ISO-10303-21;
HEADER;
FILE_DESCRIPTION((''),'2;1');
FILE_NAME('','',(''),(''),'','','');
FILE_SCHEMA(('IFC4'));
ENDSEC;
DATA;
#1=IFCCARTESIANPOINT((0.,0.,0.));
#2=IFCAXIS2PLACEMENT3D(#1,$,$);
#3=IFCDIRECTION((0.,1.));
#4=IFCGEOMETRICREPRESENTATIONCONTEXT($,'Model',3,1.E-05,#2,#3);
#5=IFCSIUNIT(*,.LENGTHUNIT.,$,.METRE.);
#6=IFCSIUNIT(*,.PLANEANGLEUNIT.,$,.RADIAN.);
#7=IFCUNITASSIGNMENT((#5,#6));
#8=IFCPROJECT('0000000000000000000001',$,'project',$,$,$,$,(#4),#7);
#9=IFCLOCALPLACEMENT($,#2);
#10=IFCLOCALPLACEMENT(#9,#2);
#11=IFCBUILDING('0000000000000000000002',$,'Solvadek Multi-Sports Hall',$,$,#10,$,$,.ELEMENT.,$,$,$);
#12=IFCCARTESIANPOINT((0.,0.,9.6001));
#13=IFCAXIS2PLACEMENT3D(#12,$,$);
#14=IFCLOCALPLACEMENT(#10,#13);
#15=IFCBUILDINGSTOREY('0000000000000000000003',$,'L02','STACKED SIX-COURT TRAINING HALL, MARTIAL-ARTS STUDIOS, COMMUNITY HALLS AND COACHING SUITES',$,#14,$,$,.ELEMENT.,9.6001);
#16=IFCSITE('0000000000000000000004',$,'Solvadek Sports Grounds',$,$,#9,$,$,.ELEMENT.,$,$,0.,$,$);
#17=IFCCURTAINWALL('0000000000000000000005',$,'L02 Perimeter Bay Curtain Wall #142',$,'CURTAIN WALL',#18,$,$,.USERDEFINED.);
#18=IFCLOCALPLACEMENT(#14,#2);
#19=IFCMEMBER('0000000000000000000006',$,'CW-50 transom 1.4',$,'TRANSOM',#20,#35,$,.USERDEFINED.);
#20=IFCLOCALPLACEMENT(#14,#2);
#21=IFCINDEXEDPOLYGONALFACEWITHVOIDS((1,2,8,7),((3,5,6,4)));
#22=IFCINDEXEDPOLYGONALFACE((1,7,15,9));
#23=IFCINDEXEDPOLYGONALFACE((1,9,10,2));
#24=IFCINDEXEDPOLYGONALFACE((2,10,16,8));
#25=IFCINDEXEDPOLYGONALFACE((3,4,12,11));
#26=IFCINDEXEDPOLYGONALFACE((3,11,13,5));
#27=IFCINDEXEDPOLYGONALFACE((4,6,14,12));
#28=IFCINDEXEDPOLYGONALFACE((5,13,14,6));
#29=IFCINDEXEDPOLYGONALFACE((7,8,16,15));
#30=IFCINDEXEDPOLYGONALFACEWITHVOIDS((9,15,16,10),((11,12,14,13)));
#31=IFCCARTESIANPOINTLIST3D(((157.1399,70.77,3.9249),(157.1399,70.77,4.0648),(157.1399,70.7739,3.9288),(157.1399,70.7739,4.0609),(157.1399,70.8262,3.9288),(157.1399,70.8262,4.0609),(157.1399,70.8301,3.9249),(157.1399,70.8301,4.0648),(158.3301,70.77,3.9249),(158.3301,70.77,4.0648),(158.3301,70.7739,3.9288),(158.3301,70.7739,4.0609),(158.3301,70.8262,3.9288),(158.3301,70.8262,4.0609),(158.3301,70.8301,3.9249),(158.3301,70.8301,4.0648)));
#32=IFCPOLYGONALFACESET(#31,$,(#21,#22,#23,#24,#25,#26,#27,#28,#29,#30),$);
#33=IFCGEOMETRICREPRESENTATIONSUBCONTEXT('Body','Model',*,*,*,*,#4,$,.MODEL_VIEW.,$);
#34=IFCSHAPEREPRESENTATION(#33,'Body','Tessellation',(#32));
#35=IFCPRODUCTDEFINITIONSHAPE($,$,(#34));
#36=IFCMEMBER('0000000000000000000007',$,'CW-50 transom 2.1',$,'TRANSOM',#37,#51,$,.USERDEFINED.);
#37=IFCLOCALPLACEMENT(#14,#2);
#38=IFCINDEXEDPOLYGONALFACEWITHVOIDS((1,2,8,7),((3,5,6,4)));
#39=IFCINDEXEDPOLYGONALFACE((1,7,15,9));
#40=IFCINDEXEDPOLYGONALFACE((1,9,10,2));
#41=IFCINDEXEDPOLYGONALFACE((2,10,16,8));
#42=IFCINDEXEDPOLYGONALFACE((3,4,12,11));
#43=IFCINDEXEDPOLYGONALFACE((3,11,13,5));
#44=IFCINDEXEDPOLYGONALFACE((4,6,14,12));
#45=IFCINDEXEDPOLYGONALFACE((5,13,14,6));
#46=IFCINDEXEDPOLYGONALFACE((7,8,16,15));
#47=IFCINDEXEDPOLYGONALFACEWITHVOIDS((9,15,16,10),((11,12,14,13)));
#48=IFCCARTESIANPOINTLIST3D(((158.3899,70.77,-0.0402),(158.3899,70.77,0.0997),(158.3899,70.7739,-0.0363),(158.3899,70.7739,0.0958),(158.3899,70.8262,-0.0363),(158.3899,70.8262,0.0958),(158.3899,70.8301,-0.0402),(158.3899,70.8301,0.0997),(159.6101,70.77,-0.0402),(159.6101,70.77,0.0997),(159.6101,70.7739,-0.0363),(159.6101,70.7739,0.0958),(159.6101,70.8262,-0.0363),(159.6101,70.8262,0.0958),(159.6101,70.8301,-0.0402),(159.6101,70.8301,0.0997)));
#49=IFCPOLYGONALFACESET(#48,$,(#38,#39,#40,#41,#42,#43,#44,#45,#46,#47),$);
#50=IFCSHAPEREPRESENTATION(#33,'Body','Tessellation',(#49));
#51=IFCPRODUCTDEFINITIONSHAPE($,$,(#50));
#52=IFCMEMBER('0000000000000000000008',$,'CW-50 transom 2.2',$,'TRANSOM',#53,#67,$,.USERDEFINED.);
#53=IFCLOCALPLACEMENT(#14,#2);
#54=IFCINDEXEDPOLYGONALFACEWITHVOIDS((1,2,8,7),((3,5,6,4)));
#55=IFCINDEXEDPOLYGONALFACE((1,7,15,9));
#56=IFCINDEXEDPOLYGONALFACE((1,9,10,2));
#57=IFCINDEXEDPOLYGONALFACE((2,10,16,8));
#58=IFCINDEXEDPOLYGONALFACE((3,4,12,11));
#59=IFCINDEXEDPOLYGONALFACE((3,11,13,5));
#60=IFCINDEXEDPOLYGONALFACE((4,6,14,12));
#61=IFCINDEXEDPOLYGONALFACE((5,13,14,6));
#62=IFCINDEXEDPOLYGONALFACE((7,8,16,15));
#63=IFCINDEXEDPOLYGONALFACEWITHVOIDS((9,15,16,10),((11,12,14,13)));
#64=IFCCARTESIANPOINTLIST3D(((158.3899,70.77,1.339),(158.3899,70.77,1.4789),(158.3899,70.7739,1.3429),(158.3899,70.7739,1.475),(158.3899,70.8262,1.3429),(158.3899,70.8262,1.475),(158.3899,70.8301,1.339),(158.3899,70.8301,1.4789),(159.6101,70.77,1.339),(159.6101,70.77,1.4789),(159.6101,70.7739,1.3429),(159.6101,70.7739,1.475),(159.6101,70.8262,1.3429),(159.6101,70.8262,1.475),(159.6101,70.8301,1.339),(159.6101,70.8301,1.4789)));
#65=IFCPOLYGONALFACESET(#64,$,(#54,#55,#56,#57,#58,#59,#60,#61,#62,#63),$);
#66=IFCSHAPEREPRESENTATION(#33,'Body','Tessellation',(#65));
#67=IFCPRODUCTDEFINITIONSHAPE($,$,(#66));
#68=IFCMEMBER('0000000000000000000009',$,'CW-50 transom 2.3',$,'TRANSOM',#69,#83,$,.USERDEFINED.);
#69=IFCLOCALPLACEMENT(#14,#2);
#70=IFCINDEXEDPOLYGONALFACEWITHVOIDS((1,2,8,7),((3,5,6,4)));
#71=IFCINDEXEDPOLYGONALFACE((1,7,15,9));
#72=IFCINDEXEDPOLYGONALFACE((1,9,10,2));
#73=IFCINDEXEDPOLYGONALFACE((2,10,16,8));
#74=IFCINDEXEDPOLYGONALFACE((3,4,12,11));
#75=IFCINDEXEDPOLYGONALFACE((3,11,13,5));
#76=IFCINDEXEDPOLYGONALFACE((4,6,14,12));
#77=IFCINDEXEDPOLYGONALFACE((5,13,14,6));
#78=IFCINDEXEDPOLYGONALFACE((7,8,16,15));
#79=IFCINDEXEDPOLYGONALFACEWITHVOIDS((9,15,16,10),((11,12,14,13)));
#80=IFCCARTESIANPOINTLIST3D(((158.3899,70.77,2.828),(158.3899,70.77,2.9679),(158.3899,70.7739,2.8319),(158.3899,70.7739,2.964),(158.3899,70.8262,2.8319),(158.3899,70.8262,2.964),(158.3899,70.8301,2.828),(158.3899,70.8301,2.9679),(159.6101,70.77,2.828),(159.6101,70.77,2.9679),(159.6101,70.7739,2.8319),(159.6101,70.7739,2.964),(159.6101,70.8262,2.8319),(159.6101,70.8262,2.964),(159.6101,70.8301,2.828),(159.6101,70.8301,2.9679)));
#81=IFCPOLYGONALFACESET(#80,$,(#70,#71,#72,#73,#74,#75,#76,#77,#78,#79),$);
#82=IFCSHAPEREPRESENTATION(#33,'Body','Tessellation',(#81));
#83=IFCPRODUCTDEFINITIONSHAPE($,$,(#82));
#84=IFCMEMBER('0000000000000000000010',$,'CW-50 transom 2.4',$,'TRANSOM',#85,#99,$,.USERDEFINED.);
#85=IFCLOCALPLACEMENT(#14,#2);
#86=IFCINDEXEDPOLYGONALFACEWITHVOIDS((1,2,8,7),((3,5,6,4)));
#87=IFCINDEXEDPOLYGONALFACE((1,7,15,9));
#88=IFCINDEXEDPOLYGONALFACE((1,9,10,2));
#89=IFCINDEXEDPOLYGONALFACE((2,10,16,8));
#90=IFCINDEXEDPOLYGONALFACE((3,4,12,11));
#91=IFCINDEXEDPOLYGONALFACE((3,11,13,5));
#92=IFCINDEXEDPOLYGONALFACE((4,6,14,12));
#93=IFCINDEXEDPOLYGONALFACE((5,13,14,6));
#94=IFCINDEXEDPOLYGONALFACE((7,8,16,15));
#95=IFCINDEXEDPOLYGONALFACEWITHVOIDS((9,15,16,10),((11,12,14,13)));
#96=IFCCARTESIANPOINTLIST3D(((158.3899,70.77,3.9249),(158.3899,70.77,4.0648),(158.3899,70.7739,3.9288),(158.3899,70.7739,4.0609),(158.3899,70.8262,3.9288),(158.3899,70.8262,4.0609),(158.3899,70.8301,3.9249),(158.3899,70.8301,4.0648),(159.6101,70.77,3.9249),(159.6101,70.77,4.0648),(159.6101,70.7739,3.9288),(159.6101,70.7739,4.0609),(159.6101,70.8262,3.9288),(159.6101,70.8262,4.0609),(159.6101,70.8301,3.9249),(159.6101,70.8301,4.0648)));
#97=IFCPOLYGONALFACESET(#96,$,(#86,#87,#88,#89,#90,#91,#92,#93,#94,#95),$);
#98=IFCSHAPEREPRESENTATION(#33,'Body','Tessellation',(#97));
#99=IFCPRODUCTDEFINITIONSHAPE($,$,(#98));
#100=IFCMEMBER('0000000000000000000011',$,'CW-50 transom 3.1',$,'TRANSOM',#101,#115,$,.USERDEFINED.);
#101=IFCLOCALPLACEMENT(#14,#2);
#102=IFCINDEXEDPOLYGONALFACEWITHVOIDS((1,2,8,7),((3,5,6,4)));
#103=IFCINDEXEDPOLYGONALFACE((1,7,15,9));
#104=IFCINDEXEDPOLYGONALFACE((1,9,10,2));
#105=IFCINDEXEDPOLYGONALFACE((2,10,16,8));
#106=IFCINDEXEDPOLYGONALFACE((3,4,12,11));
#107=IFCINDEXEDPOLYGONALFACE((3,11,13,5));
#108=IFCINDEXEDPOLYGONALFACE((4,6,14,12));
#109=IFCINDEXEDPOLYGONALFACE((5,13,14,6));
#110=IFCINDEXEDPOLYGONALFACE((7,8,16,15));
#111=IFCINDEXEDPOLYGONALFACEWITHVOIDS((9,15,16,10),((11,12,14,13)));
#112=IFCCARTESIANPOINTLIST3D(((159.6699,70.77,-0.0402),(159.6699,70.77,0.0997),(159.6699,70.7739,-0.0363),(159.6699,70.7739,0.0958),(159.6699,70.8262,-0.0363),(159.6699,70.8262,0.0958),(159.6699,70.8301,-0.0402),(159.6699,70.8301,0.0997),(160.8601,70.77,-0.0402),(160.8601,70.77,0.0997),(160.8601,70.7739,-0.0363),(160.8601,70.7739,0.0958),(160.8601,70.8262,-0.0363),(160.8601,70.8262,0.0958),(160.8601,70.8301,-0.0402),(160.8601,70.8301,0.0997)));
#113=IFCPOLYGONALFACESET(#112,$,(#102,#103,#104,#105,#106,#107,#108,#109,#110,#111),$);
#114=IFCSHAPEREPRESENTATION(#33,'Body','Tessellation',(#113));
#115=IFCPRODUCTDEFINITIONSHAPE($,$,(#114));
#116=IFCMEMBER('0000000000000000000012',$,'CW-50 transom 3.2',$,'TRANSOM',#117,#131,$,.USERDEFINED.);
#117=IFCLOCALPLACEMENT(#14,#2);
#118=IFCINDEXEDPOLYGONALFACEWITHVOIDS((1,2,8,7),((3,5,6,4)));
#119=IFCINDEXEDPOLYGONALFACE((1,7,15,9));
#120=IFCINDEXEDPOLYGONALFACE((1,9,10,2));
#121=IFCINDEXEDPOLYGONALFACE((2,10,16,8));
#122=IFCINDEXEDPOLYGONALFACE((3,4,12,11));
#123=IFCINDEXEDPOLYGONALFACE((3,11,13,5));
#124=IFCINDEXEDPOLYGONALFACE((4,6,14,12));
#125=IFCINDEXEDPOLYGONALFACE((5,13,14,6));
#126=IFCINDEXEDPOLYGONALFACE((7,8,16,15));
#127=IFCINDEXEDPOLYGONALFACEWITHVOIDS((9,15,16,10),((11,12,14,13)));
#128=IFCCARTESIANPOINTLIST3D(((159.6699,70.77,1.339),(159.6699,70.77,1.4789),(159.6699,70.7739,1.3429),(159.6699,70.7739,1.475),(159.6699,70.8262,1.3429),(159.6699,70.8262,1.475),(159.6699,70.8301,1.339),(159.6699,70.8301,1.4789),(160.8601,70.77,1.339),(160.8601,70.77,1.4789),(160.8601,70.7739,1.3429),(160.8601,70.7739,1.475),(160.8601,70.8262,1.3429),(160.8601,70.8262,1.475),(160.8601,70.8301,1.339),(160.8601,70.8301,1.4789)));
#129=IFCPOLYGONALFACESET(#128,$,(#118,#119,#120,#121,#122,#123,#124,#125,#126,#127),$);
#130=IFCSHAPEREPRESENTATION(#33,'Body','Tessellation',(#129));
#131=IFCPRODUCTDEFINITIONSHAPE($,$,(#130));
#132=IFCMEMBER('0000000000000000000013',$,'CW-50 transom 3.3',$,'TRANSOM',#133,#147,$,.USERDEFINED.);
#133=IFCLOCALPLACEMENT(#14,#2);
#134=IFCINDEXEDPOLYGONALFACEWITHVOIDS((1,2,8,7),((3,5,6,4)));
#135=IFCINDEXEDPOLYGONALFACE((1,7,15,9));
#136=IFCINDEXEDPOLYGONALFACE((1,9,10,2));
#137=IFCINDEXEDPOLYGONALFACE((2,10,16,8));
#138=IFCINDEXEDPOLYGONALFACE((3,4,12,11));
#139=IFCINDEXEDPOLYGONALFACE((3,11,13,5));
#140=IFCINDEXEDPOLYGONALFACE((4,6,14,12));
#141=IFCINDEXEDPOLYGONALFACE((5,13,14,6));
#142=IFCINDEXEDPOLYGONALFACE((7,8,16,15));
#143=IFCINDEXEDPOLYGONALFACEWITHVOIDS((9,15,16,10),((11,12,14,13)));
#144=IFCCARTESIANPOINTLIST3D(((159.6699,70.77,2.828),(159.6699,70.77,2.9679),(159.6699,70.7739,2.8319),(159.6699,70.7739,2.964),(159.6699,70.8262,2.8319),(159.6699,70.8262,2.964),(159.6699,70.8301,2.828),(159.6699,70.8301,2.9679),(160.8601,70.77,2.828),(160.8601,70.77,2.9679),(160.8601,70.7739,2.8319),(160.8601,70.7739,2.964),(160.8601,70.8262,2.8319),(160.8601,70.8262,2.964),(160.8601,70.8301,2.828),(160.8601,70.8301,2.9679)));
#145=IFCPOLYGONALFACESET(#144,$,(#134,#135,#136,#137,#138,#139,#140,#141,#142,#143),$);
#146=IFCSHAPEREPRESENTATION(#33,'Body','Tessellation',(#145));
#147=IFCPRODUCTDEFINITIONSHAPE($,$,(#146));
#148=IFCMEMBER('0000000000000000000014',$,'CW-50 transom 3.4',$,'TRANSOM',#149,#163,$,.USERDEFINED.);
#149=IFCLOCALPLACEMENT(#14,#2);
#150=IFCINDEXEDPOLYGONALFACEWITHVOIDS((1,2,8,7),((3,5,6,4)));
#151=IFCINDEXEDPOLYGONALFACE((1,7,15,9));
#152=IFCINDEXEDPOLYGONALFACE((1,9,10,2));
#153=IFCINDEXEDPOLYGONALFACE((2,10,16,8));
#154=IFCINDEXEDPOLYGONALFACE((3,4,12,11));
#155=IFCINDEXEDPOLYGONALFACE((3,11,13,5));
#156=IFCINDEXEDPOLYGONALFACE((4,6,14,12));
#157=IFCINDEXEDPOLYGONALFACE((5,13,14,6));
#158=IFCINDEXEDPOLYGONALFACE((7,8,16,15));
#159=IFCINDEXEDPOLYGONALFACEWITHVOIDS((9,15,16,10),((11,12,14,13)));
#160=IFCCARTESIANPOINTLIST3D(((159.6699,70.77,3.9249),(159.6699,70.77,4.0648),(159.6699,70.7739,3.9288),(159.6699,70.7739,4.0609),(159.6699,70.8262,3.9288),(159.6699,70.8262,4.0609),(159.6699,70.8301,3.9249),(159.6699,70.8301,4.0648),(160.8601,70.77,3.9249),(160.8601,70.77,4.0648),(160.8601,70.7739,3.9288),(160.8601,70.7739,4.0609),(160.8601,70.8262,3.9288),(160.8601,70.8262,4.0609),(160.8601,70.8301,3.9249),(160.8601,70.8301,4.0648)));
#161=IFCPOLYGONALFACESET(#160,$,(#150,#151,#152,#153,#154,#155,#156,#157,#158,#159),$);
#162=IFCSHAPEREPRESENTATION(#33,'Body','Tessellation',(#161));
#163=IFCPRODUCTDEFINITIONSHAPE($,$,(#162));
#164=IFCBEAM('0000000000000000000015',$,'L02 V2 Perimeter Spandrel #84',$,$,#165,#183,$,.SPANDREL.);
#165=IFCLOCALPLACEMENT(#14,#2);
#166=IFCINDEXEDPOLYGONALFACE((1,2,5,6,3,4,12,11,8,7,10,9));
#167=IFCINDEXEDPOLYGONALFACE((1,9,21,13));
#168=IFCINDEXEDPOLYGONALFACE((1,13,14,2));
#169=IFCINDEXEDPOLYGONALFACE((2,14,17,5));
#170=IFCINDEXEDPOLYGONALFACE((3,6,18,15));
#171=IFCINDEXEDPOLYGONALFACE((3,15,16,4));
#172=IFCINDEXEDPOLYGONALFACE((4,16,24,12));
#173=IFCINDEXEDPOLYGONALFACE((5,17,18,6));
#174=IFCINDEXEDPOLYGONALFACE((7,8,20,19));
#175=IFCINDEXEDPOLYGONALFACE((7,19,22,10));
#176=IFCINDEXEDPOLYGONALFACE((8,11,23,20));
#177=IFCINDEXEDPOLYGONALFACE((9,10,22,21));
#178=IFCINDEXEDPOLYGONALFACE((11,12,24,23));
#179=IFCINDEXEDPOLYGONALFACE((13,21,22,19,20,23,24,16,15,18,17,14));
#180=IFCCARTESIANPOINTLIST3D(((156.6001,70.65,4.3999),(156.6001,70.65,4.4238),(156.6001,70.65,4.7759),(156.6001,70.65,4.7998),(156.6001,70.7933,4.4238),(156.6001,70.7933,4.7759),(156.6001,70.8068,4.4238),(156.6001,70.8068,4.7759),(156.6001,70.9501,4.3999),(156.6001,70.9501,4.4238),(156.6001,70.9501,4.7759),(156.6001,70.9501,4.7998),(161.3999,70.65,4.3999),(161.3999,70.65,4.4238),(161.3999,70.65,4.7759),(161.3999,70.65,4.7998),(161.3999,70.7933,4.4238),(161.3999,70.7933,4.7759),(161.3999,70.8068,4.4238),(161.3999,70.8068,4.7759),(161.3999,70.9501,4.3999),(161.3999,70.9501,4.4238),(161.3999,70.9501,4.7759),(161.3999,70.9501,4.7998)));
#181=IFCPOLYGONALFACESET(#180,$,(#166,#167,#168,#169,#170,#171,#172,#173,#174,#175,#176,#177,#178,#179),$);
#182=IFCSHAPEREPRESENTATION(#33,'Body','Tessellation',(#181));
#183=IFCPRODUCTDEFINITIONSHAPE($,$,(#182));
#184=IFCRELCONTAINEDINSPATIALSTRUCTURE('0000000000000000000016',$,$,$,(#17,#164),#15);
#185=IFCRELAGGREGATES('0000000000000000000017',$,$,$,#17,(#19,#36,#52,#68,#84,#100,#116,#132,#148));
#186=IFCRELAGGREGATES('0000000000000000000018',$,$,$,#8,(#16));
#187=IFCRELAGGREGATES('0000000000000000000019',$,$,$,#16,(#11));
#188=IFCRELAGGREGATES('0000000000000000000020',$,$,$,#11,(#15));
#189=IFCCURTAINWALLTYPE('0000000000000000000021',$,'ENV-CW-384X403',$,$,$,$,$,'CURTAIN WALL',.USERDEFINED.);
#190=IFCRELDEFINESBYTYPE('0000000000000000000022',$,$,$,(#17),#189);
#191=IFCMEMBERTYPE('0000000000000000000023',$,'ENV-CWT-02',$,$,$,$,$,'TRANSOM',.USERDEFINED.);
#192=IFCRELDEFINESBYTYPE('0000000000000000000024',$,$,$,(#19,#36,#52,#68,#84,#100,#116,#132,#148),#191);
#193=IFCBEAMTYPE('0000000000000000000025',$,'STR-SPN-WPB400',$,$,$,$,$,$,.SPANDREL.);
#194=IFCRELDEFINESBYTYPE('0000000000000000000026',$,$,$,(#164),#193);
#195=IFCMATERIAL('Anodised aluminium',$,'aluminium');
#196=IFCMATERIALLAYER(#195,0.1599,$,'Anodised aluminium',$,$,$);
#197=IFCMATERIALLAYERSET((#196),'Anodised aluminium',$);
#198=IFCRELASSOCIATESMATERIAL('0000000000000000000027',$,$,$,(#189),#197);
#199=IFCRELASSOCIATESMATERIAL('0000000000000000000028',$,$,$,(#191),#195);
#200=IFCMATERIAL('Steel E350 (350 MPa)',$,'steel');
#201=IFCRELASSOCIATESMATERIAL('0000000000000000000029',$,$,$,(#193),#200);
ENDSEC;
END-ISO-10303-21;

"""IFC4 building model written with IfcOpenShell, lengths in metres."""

from ifc_helpers import new_model, si_unit, direction, frame, origin, origin_2d, place, context, subcontext, project, spatial, hollow_rectangle, i_section, extrude, material, layer, layer_set, material_profile, profile_set, type_object, element, aggregate, save


model = new_model("IFC4")

# Units and contexts
model_context = context("Model", 3, precision=1e-05, world=origin(), true_north=direction((0.0, 1.0)))
body_context = subcontext(model_context, "Body", "Model", "MODEL_VIEW")
ifc_project = project(units=[si_unit("LENGTHUNIT", "METRE"), si_unit("PLANEANGLEUNIT", "RADIAN")], contexts=[model_context])

# Site, building, storey
site_placement = place(None, origin())
site = spatial("IfcSite", under=ifc_project, at=site_placement, Name="Solvadek Sports Grounds", CompositionType="ELEMENT", RefElevation=0.0)
building_placement = place(site_placement, origin())
building = spatial("IfcBuilding", under=site, at=building_placement, Name="Solvadek Multi-Sports Hall", CompositionType="ELEMENT")
storey_placement = place(building_placement, frame((0.0, 0.0, 9.6001)))
storey = spatial("IfcBuildingStorey", under=building, at=storey_placement, Name="L02", Description="STACKED SIX-COURT TRAINING HALL, MARTIAL-ARTS STUDIOS, COMMUNITY HALLS AND COACHING SUITES", CompositionType="ELEMENT", Elevation=9.6001)

# Shared definitions
ifc_material_1 = material(Name="Steel E350 (350 MPa)", Category="steel")

# Curtain wall
ifc_material_2 = material(Name="Anodised aluminium", Category="aluminium")
ifc_layer_1 = layer(ifc_material_2, 0.1599, Name="Anodised aluminium")
ifc_layer_set_1 = layer_set([ifc_layer_1], Name="Anodised aluminium")
curtain_wall_type_1 = type_object("IfcCurtainWallType", Name="ENV-CW-384X403", ElementType="CURTAIN WALL", PredefinedType="USERDEFINED", material=ifc_layer_set_1)
curtain_wall_1_placement = place(storey_placement, origin())
curtain_wall_1 = element("IfcCurtainWall", 1, at=curtain_wall_1_placement, inside=storey, type_object=curtain_wall_type_1, Name="L02 Perimeter Bay Curtain Wall #142", ObjectType="CURTAIN WALL", PredefinedType="USERDEFINED")

# Members
ifc_material_profile_1 = material_profile(ifc_material_2, hollow_rectangle(XDim=0.0601, YDim=0.1399, WallThickness=0.0039, at=origin_2d()), Name="ALU-T 140x60x4")
ifc_profile_set_1 = profile_set([ifc_material_profile_1], Name="Anodised aluminium")
member_type_1 = type_object("IfcMemberType", Name="ENV-CWT-02", ElementType="TRANSOM", PredefinedType="USERDEFINED", material=ifc_profile_set_1)
member_1_placement = place(storey_placement, frame((157.1399, 70.8, 3.9949), z_axis=(1.0, 0.0, 0.0), x_axis=(0.0, 1.0, 0.0)))
member_1 = element("IfcMember", 2, at=member_1_placement, type_object=member_type_1, Name="CW-50 transom 1.4", ObjectType="TRANSOM", PredefinedType="USERDEFINED", context=body_context, shape_type="SweptSolid", body=[
    extrude(hollow_rectangle(XDim=0.0601, YDim=0.1399, WallThickness=0.0039, at=origin_2d()), origin(), (0.0, 0.0, 1.0), 1.1902),
])
member_2_placement = place(storey_placement, frame((158.3899, 70.8, 0.0298), z_axis=(1.0, 0.0, 0.0), x_axis=(0.0, 1.0, 0.0)))
member_2 = element("IfcMember", 3, at=member_2_placement, type_object=member_type_1, Name="CW-50 transom 2.1", ObjectType="TRANSOM", PredefinedType="USERDEFINED", context=body_context, shape_type="SweptSolid", body=[
    extrude(hollow_rectangle(XDim=0.0601, YDim=0.1399, WallThickness=0.0039, at=origin_2d()), origin(), (0.0, 0.0, 1.0), 1.2202),
])
member_3_placement = place(storey_placement, frame((158.3899, 70.8, 1.4089), z_axis=(1.0, 0.0, 0.0), x_axis=(0.0, 1.0, 0.0)))
member_3 = element("IfcMember", 4, at=member_3_placement, type_object=member_type_1, Name="CW-50 transom 2.2", ObjectType="TRANSOM", PredefinedType="USERDEFINED", context=body_context, shape_type="SweptSolid", body=[
    extrude(hollow_rectangle(XDim=0.0601, YDim=0.1399, WallThickness=0.0039, at=origin_2d()), origin(), (0.0, 0.0, 1.0), 1.2202),
])
member_4_placement = place(storey_placement, frame((158.3899, 70.8, 2.8979), z_axis=(1.0, 0.0, 0.0), x_axis=(0.0, 1.0, 0.0)))
member_4 = element("IfcMember", 5, at=member_4_placement, type_object=member_type_1, Name="CW-50 transom 2.3", ObjectType="TRANSOM", PredefinedType="USERDEFINED", context=body_context, shape_type="SweptSolid", body=[
    extrude(hollow_rectangle(XDim=0.0601, YDim=0.1399, WallThickness=0.0039, at=origin_2d()), origin(), (0.0, 0.0, 1.0), 1.2202),
])
member_5_placement = place(storey_placement, frame((158.3899, 70.8, 3.9949), z_axis=(1.0, 0.0, 0.0), x_axis=(0.0, 1.0, 0.0)))
member_5 = element("IfcMember", 6, at=member_5_placement, type_object=member_type_1, Name="CW-50 transom 2.4", ObjectType="TRANSOM", PredefinedType="USERDEFINED", context=body_context, shape_type="SweptSolid", body=[
    extrude(hollow_rectangle(XDim=0.0601, YDim=0.1399, WallThickness=0.0039, at=origin_2d()), origin(), (0.0, 0.0, 1.0), 1.2202),
])
member_6_placement = place(storey_placement, frame((159.6699, 70.8, 0.0298), z_axis=(1.0, 0.0, 0.0), x_axis=(0.0, 1.0, 0.0)))
member_6 = element("IfcMember", 7, at=member_6_placement, type_object=member_type_1, Name="CW-50 transom 3.1", ObjectType="TRANSOM", PredefinedType="USERDEFINED", context=body_context, shape_type="SweptSolid", body=[
    extrude(hollow_rectangle(XDim=0.0601, YDim=0.1399, WallThickness=0.0039, at=origin_2d()), origin(), (0.0, 0.0, 1.0), 1.1902),
])
member_7_placement = place(storey_placement, frame((159.6699, 70.8, 1.4089), z_axis=(1.0, 0.0, 0.0), x_axis=(0.0, 1.0, 0.0)))
member_7 = element("IfcMember", 8, at=member_7_placement, type_object=member_type_1, Name="CW-50 transom 3.2", ObjectType="TRANSOM", PredefinedType="USERDEFINED", context=body_context, shape_type="SweptSolid", body=[
    extrude(hollow_rectangle(XDim=0.0601, YDim=0.1399, WallThickness=0.0039, at=origin_2d()), origin(), (0.0, 0.0, 1.0), 1.1902),
])
member_8_placement = place(storey_placement, frame((159.6699, 70.8, 2.8979), z_axis=(1.0, 0.0, 0.0), x_axis=(0.0, 1.0, 0.0)))
member_8 = element("IfcMember", 9, at=member_8_placement, type_object=member_type_1, Name="CW-50 transom 3.3", ObjectType="TRANSOM", PredefinedType="USERDEFINED", context=body_context, shape_type="SweptSolid", body=[
    extrude(hollow_rectangle(XDim=0.0601, YDim=0.1399, WallThickness=0.0039, at=origin_2d()), origin(), (0.0, 0.0, 1.0), 1.1902),
])
member_9_placement = place(storey_placement, frame((159.6699, 70.8, 3.9949), z_axis=(1.0, 0.0, 0.0), x_axis=(0.0, 1.0, 0.0)))
member_9 = element("IfcMember", 10, at=member_9_placement, type_object=member_type_1, Name="CW-50 transom 3.4", ObjectType="TRANSOM", PredefinedType="USERDEFINED", context=body_context, shape_type="SweptSolid", body=[
    extrude(hollow_rectangle(XDim=0.0601, YDim=0.1399, WallThickness=0.0039, at=origin_2d()), origin(), (0.0, 0.0, 1.0), 1.1902),
])

# Beam
ifc_material_profile_2 = material_profile(ifc_material_1, i_section(OverallWidth=0.3, OverallDepth=0.3999, WebThickness=0.0134, FlangeThickness=0.0239, at=origin_2d()), Name="WPB 400")
ifc_profile_set_2 = profile_set([ifc_material_profile_2], Name="Steel E350 (350 MPa)")
beam_type = type_object("IfcBeamType", Name="STR-SPN-WPB400", PredefinedType="SPANDREL", material=ifc_profile_set_2)
beam_placement = place(storey_placement, frame((156.6001, 70.8, 4.5999), z_axis=(1.0, 0.0, 0.0), x_axis=(0.0, 1.0, 0.0)))
element("IfcBeam", 11, at=beam_placement, inside=storey, type_object=beam_type, Name="L02 V2 Perimeter Spandrel #84", PredefinedType="SPANDREL", context=body_context, shape_type="SweptSolid", body=[
    extrude(i_section(OverallWidth=0.3, OverallDepth=0.3999, WebThickness=0.0134, FlangeThickness=0.0239, at=origin_2d()), origin(), (0.0, 0.0, 1.0), 4.7998),
])

aggregate(curtain_wall_1, [member_1, member_2, member_3, member_4, member_5, member_6, member_7, member_8, member_9])

save(model, "model.ifc")
